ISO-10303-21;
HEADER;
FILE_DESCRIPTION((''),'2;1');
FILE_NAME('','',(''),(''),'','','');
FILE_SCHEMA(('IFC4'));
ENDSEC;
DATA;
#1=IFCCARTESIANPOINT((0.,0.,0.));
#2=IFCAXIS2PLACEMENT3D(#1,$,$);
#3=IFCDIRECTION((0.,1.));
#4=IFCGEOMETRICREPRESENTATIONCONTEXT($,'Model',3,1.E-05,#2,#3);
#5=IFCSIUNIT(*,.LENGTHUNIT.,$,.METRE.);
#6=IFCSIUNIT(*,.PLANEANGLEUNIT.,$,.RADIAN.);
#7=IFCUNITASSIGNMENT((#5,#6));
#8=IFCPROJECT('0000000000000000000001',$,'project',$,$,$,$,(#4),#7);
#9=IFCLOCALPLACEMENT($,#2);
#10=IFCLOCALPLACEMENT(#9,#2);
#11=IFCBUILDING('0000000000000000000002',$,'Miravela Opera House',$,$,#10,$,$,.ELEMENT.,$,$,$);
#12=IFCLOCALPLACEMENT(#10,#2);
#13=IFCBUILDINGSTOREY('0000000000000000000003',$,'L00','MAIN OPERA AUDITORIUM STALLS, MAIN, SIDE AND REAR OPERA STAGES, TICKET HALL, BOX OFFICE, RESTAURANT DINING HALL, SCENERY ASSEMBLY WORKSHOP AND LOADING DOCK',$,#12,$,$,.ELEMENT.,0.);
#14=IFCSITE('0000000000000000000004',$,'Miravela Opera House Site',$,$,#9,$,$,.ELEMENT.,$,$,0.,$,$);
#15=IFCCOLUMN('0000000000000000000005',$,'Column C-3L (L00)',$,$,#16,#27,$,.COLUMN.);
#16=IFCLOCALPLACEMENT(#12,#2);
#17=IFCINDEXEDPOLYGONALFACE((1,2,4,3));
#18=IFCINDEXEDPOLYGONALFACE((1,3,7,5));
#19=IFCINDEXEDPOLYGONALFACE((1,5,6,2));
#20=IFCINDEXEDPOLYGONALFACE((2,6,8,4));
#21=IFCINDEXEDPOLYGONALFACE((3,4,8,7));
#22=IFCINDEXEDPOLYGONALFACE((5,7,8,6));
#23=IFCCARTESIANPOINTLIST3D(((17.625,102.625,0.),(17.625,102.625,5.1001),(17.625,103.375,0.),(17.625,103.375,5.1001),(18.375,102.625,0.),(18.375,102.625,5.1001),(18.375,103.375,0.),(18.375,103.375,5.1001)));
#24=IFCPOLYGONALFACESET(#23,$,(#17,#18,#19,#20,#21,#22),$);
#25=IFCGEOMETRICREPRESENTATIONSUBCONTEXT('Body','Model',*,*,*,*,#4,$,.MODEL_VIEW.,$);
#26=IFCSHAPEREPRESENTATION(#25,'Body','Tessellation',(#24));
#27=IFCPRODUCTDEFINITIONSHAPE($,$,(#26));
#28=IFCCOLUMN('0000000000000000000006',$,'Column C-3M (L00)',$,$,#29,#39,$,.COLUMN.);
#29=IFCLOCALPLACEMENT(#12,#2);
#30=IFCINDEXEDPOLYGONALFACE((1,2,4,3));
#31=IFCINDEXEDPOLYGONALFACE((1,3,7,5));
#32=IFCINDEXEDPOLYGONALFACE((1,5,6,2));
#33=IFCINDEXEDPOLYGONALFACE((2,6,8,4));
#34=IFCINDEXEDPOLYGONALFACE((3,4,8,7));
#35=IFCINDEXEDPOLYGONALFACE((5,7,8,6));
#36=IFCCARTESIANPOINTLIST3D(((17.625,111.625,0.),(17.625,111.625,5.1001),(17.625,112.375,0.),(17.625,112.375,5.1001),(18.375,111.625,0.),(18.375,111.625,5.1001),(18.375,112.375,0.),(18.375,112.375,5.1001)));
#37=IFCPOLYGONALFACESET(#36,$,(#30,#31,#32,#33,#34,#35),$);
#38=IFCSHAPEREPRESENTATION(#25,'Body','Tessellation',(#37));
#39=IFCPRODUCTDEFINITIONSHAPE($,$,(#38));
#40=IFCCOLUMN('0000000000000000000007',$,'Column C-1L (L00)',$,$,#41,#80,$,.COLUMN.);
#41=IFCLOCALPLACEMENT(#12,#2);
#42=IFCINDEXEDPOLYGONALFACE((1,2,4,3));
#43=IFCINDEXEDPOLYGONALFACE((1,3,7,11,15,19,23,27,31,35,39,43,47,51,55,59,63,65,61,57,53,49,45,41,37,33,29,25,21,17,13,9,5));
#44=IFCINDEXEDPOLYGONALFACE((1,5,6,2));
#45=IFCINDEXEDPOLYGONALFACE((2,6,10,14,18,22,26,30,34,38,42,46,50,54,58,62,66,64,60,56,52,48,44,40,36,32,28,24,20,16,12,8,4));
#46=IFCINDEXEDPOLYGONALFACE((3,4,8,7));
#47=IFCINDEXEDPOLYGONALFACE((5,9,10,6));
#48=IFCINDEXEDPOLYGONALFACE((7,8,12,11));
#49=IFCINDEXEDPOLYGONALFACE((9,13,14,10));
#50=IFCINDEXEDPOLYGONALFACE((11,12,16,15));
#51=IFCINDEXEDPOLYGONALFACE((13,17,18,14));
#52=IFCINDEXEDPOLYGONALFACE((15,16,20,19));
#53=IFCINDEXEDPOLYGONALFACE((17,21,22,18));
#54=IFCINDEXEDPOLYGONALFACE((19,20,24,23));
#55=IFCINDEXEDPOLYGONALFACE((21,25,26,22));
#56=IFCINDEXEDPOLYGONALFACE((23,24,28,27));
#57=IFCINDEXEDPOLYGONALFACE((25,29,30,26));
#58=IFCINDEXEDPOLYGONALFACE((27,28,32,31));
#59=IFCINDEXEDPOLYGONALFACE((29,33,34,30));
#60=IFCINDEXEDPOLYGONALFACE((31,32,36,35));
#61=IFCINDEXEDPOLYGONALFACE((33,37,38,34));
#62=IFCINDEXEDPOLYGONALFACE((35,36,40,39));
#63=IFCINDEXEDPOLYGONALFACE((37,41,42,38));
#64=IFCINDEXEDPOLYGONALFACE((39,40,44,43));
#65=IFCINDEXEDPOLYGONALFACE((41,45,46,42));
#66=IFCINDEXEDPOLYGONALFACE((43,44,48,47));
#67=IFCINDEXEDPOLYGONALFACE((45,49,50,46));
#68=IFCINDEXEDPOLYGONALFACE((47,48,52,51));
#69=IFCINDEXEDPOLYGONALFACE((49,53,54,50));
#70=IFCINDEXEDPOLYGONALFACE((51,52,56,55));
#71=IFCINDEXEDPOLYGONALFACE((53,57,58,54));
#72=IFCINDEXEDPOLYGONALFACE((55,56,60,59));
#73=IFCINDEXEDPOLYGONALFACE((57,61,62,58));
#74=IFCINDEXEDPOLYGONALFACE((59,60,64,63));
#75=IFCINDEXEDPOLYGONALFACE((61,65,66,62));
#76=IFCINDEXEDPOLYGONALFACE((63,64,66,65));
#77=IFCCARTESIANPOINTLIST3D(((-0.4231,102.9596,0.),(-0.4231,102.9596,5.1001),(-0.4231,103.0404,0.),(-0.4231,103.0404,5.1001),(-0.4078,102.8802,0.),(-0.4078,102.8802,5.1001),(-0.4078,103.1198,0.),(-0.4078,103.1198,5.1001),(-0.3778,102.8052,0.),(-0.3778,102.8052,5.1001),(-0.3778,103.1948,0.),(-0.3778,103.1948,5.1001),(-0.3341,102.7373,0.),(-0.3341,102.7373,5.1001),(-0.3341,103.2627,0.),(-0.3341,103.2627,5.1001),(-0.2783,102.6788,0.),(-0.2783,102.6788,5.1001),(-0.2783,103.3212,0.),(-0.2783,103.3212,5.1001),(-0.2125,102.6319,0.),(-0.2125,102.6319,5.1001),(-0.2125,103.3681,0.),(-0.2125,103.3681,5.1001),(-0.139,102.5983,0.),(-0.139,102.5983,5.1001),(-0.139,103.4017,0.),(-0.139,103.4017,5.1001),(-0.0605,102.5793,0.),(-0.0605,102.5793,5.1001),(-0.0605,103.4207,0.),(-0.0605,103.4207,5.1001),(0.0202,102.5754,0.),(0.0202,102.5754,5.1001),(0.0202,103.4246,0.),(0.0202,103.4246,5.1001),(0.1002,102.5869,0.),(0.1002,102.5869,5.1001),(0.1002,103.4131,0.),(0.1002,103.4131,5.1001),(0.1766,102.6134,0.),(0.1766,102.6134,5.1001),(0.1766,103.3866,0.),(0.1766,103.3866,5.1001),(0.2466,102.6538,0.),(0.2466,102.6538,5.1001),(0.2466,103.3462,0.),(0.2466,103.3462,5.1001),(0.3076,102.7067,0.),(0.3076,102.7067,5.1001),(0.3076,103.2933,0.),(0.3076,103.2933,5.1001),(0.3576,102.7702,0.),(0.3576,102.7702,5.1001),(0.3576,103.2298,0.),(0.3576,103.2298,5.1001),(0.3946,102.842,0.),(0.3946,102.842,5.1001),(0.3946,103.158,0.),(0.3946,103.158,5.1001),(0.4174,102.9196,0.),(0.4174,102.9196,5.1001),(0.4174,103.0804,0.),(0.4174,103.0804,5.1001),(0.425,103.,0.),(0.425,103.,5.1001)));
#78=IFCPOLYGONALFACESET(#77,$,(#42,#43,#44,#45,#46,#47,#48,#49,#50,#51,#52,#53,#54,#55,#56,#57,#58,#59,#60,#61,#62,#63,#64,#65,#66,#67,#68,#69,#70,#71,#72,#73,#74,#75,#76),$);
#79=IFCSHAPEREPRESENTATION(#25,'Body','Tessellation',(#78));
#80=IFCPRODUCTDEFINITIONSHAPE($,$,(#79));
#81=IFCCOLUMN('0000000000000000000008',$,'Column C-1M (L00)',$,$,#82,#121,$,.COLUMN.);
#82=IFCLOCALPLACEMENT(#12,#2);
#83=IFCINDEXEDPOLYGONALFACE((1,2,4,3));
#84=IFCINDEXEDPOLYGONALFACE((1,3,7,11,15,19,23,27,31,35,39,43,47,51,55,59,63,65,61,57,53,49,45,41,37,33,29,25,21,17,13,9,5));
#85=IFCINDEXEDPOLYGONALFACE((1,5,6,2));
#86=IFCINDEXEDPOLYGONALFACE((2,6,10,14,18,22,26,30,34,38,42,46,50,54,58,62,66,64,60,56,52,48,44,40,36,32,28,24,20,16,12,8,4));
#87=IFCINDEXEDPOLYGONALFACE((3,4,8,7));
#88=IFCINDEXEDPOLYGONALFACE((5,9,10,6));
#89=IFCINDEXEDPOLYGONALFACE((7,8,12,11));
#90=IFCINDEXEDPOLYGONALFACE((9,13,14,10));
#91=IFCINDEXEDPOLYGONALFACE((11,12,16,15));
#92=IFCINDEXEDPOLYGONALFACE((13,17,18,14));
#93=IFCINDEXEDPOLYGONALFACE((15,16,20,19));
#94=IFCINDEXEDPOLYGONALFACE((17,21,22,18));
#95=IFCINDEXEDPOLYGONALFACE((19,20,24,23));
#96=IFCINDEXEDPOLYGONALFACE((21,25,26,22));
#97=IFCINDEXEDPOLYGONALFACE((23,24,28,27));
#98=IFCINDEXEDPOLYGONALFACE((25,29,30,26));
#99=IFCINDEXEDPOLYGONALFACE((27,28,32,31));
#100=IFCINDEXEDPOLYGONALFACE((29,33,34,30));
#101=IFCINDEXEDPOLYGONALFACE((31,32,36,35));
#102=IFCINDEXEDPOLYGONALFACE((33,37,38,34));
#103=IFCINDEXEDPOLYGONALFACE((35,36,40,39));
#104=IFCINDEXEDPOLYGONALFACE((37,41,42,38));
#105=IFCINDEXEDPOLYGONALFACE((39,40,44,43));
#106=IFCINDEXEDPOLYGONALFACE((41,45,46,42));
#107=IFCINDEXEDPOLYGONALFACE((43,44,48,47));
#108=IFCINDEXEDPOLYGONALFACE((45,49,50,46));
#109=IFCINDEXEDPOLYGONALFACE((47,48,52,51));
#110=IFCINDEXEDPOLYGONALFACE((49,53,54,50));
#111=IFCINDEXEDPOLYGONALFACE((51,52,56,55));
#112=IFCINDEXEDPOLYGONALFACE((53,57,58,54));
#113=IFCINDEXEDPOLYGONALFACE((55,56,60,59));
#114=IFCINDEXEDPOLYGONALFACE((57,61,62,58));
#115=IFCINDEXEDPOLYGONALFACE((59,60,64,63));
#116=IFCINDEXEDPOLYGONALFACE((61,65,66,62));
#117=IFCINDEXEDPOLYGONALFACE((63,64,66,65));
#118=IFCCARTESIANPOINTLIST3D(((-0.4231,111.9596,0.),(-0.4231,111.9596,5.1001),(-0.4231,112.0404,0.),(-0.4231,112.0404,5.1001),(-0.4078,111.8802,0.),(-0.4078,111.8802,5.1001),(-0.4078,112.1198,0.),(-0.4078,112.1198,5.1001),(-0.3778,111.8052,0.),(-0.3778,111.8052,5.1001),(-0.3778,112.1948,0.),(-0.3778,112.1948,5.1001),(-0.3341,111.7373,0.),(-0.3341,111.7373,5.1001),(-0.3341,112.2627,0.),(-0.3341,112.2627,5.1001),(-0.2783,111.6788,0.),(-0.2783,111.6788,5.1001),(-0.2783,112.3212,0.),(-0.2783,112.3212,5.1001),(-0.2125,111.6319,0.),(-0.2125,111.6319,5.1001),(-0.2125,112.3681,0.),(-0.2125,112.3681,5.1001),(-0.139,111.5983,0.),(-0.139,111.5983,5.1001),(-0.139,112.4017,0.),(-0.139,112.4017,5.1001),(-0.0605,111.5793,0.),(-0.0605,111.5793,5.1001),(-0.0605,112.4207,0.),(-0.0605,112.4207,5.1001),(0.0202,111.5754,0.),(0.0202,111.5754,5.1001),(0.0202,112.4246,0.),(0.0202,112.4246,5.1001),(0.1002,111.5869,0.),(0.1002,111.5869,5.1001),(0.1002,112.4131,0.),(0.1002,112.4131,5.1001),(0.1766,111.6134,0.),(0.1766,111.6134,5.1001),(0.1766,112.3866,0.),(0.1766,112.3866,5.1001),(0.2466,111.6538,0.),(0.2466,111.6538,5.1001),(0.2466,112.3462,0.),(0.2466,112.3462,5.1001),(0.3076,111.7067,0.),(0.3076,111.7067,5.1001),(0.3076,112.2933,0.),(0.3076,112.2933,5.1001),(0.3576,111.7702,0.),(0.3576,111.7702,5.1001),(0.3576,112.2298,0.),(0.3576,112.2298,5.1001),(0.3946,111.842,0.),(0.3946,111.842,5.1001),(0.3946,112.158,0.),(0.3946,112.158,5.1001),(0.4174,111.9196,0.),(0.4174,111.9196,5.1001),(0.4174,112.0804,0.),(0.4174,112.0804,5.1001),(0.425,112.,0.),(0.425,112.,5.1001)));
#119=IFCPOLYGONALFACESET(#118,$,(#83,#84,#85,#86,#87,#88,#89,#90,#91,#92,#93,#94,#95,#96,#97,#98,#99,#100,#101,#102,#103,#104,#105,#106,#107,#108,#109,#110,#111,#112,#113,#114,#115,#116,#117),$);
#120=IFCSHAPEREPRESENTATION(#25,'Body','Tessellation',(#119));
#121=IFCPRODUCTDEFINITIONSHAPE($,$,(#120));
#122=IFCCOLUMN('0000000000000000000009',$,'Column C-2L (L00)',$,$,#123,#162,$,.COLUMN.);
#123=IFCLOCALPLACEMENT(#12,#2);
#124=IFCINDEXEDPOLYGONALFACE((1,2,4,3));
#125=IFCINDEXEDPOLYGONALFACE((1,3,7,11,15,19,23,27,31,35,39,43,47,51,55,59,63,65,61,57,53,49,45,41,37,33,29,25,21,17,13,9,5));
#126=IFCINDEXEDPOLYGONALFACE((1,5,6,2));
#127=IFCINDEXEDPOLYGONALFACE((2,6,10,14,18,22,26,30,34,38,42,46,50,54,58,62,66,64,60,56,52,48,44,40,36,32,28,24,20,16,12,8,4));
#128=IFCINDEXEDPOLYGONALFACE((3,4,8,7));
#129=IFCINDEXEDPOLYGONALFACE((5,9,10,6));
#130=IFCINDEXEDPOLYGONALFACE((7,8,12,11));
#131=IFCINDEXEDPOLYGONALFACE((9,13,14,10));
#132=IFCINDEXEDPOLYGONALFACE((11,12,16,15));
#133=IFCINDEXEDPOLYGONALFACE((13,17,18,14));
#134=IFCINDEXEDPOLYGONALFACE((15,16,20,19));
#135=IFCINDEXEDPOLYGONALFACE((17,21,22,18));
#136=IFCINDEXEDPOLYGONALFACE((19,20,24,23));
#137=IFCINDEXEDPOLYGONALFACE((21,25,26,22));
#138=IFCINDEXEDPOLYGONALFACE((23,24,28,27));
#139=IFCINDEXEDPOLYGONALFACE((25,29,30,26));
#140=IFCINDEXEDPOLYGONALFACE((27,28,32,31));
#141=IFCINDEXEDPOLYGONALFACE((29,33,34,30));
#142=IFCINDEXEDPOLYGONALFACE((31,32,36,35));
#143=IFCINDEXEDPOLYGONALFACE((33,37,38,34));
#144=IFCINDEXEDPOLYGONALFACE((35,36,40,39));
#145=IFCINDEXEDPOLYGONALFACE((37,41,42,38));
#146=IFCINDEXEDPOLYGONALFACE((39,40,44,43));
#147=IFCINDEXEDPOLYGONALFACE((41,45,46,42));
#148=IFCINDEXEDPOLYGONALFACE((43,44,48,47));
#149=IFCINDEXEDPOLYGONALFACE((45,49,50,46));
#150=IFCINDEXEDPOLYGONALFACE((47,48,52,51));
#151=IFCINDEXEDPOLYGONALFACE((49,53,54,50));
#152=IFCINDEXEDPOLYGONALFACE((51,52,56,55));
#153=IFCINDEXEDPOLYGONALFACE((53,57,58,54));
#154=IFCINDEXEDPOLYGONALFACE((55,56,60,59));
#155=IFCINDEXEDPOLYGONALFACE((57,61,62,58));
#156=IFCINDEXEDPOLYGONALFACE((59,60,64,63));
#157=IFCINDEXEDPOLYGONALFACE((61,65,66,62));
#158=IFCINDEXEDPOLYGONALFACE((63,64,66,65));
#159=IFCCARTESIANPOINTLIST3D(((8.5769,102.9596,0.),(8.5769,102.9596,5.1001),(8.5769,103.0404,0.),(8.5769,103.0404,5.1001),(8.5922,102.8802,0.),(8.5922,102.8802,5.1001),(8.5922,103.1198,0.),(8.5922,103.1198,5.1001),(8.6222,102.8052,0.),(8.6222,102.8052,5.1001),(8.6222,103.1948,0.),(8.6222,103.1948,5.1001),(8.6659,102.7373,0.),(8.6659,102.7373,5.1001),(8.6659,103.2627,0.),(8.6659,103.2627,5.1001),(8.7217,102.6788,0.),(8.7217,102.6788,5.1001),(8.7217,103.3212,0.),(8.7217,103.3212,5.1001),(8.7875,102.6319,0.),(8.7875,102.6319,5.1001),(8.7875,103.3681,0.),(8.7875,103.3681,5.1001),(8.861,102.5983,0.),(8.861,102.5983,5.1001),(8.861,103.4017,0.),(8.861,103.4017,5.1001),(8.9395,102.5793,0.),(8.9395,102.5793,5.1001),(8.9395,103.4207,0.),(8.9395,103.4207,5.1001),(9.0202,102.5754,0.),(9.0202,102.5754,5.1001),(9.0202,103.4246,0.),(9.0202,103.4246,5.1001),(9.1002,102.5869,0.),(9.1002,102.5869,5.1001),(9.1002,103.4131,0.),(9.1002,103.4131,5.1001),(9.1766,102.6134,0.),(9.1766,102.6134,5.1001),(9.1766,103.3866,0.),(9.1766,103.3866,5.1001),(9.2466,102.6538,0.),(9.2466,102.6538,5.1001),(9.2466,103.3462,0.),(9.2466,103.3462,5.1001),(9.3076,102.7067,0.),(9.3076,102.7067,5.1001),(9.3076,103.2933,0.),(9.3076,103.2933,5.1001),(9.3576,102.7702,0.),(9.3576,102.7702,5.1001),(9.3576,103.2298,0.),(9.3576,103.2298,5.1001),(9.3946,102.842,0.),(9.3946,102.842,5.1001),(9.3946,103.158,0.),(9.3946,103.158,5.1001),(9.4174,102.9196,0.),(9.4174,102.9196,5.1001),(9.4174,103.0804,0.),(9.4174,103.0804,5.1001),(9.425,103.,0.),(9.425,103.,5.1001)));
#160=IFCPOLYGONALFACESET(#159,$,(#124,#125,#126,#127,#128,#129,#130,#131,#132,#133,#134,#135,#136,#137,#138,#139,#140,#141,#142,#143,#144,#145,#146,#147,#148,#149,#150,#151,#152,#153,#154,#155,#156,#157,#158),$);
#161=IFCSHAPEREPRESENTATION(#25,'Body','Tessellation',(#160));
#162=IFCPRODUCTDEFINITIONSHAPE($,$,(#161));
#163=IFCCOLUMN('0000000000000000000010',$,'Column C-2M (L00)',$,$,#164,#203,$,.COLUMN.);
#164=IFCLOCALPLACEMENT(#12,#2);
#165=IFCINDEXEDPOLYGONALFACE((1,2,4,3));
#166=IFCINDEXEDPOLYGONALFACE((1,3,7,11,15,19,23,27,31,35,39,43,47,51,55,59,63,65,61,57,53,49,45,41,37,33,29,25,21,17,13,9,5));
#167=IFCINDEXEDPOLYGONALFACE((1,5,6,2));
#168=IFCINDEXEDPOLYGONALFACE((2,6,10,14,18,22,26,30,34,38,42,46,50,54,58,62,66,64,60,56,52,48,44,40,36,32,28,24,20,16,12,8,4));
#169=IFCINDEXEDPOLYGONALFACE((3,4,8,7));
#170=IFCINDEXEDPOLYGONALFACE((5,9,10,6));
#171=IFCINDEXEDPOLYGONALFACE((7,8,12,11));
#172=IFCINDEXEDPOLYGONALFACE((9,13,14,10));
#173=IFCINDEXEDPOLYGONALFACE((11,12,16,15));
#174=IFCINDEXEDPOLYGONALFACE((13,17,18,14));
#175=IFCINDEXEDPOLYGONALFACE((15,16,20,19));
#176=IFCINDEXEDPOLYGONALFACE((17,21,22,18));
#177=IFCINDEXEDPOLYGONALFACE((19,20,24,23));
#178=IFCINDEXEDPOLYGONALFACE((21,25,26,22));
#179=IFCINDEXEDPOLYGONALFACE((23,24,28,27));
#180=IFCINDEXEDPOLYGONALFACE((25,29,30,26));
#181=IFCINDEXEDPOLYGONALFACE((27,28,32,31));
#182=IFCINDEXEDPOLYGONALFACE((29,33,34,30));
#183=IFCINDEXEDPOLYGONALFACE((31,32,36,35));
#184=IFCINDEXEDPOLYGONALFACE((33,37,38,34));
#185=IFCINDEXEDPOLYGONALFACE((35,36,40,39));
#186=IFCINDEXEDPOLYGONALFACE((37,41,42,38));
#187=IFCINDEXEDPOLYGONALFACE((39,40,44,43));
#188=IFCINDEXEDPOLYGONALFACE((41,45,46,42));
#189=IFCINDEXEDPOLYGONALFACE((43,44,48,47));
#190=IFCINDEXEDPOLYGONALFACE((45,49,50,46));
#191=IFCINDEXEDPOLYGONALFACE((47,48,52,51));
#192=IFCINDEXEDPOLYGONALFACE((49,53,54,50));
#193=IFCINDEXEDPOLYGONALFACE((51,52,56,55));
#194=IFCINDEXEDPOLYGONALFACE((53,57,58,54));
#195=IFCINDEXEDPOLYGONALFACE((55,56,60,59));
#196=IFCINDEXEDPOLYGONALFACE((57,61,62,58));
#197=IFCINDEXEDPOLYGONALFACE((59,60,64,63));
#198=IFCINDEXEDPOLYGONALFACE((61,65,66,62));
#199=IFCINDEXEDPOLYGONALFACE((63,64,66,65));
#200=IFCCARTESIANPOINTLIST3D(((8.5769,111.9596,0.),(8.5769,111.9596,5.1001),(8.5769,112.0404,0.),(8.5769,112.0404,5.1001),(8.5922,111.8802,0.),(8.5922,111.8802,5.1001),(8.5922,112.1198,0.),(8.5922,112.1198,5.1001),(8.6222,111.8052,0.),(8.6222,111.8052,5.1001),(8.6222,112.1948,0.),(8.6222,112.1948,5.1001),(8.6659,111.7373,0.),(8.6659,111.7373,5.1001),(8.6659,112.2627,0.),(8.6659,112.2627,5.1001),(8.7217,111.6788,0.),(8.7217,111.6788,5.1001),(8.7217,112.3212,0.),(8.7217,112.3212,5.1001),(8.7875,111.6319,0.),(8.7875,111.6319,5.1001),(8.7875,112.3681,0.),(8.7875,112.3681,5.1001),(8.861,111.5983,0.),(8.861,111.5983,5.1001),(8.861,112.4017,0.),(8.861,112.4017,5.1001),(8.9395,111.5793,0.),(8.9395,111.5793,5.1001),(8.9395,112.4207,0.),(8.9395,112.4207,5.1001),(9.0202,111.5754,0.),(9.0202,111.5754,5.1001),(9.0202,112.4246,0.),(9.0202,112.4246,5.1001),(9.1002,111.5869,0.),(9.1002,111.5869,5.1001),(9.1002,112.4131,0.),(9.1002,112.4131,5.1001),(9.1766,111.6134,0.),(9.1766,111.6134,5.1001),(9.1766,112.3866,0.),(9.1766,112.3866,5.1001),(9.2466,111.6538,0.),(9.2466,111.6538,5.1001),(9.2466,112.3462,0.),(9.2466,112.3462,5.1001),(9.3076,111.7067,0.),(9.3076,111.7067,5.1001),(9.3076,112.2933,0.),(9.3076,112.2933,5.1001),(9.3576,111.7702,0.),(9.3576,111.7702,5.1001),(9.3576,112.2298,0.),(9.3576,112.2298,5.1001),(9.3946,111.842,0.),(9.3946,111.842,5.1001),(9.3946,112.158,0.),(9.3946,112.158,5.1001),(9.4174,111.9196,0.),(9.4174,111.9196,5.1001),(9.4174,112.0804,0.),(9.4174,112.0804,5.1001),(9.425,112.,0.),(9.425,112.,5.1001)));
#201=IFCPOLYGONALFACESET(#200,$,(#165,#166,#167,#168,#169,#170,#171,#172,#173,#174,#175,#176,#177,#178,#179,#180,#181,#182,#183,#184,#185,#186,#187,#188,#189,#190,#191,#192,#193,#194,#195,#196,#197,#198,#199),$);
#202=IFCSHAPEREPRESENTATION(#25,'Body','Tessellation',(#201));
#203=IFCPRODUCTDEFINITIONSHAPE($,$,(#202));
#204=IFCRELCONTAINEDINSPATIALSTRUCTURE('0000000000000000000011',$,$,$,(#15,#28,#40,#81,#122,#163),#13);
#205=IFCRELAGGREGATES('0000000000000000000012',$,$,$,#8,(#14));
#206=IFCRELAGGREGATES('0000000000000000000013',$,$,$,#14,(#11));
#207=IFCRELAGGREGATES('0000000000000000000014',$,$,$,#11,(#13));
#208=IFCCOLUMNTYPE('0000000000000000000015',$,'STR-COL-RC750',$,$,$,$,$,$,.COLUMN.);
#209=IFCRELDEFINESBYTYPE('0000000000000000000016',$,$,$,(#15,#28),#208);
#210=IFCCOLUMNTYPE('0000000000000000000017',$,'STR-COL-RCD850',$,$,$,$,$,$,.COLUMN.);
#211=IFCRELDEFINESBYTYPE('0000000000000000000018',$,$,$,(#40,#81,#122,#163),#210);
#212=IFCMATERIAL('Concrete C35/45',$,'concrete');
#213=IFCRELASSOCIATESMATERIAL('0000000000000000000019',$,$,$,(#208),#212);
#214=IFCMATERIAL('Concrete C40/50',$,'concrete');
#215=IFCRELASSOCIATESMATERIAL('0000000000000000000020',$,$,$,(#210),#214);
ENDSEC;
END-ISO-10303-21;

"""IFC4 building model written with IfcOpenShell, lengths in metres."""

from ifc_helpers import new_model, si_unit, direction, frame, origin, origin_2d, place, context, subcontext, project, spatial, rectangle, circle, extrude, material, material_profile, profile_set, type_object, element, save


model = new_model("IFC4")

# Units and contexts
model_context = context("Model", 3, precision=1e-05, world=origin(), true_north=direction((0.0, 1.0)))
body_context = subcontext(model_context, "Body", "Model", "MODEL_VIEW")
ifc_project = project(units=[si_unit("LENGTHUNIT", "METRE"), si_unit("PLANEANGLEUNIT", "RADIAN")], contexts=[model_context])

# Site, building, storey
site_placement = place(None, origin())
site = spatial("IfcSite", under=ifc_project, at=site_placement, Name="Miravela Opera House Site", CompositionType="ELEMENT", RefElevation=0.0)
building_placement = place(site_placement, origin())
building = spatial("IfcBuilding", under=site, at=building_placement, Name="Miravela Opera House", CompositionType="ELEMENT")
storey_placement = place(building_placement, origin())
storey = spatial("IfcBuildingStorey", under=building, at=storey_placement, Name="L00", Description="MAIN OPERA AUDITORIUM STALLS, MAIN, SIDE AND REAR OPERA STAGES, TICKET HALL, BOX OFFICE, RESTAURANT DINING HALL, SCENERY ASSEMBLY WORKSHOP AND LOADING DOCK", CompositionType="ELEMENT", Elevation=0.0)

# Columns
ifc_material_1 = material(Name="Concrete C35/45", Category="concrete")
ifc_material_profile_1 = material_profile(ifc_material_1, rectangle(XDim=0.75, YDim=0.75, at=origin_2d()), Name="RC-COL-750X750")
ifc_profile_set_1 = profile_set([ifc_material_profile_1])
column_type_1 = type_object("IfcColumnType", Name="STR-COL-RC750", PredefinedType="COLUMN", material=ifc_profile_set_1)
for number, where, z_axis, x_axis, name in (
    (1, (18.0, 103.0, 0.0), (0.0, 0.0, 1.0), (1.0, 0.0, 0.0), "Column C-3L (L00)"),
    (2, (18.0, 112.0, 0.0), (0.0, 0.0, 1.0), (1.0, 0.0, 0.0), "Column C-3M (L00)"),
):
    element("IfcColumn", number, at=place(storey_placement, frame(where, z_axis=z_axis, x_axis=x_axis)), inside=storey, type_object=column_type_1, Name=name, PredefinedType="COLUMN", context=body_context, shape_type="SweptSolid", body=[
        extrude(rectangle(XDim=0.75, YDim=0.75, at=origin_2d()), origin(), (0.0, 0.0, 1.0), 5.1001),
    ])
ifc_material_2 = material(Name="Concrete C40/50", Category="concrete")
ifc_material_profile_2 = material_profile(ifc_material_2, circle(Radius=0.425, at=origin_2d()), Name="RC-COL-D850")
ifc_profile_set_2 = profile_set([ifc_material_profile_2])
column_type_2 = type_object("IfcColumnType", Name="STR-COL-RCD850", PredefinedType="COLUMN", material=ifc_profile_set_2)
for number, where, z_axis, x_axis, name in (
    (3, (0.0, 103.0, 0.0), (0.0, 0.0, 1.0), (1.0, 0.0, 0.0), "Column C-1L (L00)"),
    (4, (0.0, 112.0, 0.0), (0.0, 0.0, 1.0), (1.0, 0.0, 0.0), "Column C-1M (L00)"),
    (5, (9.0, 103.0, 0.0), (0.0, 0.0, 1.0), (1.0, 0.0, 0.0), "Column C-2L (L00)"),
    (6, (9.0, 112.0, 0.0), (0.0, 0.0, 1.0), (1.0, 0.0, 0.0), "Column C-2M (L00)"),
):
    element("IfcColumn", number, at=place(storey_placement, frame(where, z_axis=z_axis, x_axis=x_axis)), inside=storey, type_object=column_type_2, Name=name, PredefinedType="COLUMN", context=body_context, shape_type="SweptSolid", body=[
        extrude(circle(Radius=0.425, at=origin_2d()), origin(), (0.0, 0.0, 1.0), 5.1001),
    ])

save(model, "model.ifc")
